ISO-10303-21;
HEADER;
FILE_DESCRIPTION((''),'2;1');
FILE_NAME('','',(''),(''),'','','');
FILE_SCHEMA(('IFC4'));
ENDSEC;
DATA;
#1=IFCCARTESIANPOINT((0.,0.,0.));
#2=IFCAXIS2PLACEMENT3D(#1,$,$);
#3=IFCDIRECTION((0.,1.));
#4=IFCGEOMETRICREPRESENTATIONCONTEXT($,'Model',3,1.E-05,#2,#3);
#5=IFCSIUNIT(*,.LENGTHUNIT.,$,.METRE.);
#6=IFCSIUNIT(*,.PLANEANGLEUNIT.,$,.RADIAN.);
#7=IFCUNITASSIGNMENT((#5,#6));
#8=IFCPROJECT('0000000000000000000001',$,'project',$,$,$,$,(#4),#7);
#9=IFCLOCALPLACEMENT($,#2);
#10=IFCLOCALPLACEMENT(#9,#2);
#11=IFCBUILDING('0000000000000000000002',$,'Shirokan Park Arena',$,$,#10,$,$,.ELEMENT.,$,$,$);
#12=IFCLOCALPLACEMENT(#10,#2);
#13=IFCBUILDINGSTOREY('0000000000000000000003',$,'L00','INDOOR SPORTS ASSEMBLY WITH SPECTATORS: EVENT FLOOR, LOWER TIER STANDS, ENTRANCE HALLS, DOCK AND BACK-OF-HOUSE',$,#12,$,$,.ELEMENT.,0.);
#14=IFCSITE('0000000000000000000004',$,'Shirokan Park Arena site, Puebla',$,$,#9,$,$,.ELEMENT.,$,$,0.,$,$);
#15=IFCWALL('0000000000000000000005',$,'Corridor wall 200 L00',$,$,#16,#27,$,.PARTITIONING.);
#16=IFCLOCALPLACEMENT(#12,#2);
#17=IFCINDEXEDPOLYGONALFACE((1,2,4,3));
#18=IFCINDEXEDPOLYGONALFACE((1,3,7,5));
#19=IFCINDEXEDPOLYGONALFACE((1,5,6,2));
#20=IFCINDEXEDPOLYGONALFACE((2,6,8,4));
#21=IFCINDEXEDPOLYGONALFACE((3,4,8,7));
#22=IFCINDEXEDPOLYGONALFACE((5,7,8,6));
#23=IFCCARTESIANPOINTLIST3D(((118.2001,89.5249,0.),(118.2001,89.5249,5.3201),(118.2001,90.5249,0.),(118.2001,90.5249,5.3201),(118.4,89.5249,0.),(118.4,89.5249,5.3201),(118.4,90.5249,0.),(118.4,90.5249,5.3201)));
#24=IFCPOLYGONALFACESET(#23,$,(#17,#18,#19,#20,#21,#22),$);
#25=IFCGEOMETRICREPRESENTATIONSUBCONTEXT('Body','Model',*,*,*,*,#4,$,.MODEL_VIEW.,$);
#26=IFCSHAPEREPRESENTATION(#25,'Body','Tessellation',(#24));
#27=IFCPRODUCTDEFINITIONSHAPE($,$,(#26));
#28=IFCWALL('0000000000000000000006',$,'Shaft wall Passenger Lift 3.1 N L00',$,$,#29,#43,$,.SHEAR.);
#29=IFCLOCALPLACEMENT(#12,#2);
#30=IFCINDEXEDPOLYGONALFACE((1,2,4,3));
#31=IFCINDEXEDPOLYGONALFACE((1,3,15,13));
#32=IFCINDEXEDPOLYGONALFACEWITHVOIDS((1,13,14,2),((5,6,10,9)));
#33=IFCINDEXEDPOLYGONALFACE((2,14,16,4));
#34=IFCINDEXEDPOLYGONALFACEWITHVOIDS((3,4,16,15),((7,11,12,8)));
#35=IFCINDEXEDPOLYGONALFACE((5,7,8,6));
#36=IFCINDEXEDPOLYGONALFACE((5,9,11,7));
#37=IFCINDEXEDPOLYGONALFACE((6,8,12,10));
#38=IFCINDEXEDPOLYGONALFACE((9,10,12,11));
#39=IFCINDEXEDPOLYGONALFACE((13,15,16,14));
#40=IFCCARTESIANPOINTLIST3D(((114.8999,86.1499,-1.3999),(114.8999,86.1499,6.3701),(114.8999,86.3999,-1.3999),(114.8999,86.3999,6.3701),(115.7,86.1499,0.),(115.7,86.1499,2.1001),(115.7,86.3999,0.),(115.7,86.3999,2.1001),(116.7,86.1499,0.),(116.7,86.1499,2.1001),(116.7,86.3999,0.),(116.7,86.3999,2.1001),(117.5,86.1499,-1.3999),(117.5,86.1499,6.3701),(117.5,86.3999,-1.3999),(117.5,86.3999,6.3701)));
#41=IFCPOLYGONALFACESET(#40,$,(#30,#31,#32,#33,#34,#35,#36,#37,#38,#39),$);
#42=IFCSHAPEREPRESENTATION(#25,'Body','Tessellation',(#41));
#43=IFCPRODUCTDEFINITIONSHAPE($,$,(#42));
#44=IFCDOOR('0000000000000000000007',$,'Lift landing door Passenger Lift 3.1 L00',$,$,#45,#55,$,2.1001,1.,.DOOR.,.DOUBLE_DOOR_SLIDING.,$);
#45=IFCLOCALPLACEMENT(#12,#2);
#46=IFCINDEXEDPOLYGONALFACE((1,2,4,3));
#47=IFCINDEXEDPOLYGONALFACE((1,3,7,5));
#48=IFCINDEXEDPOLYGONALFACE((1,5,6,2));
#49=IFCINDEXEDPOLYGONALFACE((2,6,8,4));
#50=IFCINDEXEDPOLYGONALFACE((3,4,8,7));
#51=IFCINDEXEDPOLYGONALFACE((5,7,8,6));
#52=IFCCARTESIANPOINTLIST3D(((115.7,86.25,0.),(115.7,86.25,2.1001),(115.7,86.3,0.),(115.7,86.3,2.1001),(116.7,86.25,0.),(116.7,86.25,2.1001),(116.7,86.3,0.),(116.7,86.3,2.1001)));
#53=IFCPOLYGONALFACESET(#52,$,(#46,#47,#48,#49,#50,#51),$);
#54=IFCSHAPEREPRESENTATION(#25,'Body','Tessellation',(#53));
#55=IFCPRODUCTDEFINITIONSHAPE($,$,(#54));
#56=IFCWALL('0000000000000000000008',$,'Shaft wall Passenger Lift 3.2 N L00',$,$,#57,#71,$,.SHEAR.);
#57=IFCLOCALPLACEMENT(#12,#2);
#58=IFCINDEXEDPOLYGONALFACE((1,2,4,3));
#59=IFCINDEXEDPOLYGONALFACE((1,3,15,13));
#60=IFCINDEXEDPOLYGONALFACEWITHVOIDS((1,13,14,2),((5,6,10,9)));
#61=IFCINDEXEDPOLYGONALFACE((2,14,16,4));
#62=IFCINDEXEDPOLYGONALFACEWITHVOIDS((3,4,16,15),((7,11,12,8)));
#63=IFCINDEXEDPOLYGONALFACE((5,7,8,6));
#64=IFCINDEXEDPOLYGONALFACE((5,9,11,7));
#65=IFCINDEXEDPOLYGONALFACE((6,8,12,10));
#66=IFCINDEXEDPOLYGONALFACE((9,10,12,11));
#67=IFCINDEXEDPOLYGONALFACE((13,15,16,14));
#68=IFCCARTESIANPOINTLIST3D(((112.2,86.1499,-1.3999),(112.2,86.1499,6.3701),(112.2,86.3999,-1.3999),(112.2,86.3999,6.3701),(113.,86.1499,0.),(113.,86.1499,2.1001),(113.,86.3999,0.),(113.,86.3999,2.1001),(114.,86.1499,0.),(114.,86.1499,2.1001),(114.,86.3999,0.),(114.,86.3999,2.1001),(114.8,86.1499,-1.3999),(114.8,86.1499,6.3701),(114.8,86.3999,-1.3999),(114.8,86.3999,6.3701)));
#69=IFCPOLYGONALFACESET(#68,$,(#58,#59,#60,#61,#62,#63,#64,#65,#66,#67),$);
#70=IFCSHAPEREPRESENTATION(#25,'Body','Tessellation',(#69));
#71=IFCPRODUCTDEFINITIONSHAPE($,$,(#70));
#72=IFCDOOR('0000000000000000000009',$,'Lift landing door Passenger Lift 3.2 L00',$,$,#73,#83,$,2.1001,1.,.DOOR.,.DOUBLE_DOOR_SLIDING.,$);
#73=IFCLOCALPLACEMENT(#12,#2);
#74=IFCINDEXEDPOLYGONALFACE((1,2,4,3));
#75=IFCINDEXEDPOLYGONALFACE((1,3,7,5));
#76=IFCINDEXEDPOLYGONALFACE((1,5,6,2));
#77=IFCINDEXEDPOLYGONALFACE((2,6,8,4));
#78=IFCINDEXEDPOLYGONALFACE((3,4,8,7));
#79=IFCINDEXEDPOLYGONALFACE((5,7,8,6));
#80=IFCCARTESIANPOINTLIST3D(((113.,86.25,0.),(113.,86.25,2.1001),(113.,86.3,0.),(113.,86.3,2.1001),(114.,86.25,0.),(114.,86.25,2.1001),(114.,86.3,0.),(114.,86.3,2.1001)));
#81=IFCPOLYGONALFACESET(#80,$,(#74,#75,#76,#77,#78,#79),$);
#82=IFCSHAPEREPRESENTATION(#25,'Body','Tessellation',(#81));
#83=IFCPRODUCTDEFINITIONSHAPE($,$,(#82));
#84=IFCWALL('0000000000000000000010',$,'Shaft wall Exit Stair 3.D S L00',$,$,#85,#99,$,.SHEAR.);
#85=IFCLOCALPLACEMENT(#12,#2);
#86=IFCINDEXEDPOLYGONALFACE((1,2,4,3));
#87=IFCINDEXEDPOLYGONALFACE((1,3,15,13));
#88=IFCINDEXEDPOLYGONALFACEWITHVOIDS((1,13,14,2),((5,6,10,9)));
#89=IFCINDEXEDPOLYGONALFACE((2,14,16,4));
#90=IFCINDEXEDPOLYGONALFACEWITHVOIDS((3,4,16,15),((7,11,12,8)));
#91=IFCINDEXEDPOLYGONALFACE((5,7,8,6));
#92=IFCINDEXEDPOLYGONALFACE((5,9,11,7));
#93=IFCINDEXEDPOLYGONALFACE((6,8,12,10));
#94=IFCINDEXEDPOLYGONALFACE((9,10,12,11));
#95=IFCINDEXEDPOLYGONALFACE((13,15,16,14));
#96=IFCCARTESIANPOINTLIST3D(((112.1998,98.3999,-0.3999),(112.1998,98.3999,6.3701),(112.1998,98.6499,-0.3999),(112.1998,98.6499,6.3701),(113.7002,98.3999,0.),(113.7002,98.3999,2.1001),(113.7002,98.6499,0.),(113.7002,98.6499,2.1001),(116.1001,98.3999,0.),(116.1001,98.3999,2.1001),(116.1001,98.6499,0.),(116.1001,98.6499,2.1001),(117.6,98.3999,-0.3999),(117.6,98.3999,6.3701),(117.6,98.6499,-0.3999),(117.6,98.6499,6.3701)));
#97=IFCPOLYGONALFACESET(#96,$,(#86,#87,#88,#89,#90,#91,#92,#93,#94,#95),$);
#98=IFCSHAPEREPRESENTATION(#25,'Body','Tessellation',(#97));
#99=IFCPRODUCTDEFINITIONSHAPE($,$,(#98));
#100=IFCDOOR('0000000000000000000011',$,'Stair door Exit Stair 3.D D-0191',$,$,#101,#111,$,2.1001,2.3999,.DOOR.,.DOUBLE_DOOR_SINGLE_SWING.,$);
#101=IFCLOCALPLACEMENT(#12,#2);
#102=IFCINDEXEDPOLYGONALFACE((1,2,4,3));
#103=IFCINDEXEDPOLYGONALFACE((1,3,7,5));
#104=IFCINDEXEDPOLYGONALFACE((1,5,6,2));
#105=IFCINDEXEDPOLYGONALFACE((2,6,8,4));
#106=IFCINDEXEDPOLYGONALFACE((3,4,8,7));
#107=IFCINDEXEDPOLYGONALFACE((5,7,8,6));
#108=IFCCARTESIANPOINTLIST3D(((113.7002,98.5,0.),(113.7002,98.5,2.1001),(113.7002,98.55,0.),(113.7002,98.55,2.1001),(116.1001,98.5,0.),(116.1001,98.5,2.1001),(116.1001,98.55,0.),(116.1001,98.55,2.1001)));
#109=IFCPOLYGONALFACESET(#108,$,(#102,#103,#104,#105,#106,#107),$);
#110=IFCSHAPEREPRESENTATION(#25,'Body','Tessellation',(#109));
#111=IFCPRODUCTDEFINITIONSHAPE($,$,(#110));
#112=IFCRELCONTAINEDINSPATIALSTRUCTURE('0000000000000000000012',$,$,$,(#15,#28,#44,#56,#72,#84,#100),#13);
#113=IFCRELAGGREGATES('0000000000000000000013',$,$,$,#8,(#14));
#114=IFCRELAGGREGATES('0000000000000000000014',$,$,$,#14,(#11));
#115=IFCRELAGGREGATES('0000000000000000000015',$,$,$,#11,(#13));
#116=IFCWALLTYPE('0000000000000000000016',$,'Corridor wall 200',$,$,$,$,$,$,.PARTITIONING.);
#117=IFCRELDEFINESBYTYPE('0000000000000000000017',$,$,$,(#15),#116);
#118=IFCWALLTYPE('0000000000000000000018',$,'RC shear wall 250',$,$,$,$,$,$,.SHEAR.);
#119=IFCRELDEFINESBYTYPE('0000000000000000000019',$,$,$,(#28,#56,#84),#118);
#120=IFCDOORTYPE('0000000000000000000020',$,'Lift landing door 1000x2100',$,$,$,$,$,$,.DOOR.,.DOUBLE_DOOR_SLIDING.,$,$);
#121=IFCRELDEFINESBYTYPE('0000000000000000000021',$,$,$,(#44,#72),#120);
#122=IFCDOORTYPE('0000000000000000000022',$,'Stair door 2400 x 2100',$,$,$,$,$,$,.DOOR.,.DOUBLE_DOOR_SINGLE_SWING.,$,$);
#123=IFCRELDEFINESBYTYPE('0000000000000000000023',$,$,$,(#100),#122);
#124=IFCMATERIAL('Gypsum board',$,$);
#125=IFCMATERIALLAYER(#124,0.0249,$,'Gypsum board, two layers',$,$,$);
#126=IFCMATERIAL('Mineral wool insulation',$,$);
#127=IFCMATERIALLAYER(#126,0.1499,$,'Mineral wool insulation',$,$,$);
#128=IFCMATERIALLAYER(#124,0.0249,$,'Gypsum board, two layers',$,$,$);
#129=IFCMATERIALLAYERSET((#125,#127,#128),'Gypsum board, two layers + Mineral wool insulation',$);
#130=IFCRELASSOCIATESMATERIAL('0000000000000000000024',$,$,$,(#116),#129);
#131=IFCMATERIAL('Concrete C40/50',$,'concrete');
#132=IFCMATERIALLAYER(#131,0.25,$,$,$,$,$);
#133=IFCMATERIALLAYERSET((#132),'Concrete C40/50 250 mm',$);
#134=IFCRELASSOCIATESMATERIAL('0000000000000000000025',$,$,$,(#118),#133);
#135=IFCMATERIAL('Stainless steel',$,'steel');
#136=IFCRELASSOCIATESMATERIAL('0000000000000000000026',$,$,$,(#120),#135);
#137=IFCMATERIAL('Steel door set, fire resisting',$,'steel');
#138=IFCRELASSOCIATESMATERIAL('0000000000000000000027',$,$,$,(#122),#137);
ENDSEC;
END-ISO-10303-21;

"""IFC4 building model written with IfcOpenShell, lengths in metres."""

from ifc_helpers import new_model, si_unit, direction, frame, frame_2d, origin, place, context, subcontext, project, spatial, rectangle, extrude, material, layer, layer_set, type_object, element, fill, save


model = new_model("IFC4")

# Units and contexts
model_context = context("Model", 3, precision=1e-05, world=origin(), true_north=direction((0.0, 1.0)))
body_context = subcontext(model_context, "Body", "Model", "MODEL_VIEW")
ifc_project = project(units=[si_unit("LENGTHUNIT", "METRE"), si_unit("PLANEANGLEUNIT", "RADIAN")], contexts=[model_context])

# Site, building, storey
site_placement = place(None, origin())
site = spatial("IfcSite", under=ifc_project, at=site_placement, Name="Shirokan Park Arena site, Puebla", CompositionType="ELEMENT", RefElevation=0.0)
building_placement = place(site_placement, origin())
building = spatial("IfcBuilding", under=site, at=building_placement, Name="Shirokan Park Arena", CompositionType="ELEMENT")
storey_placement = place(building_placement, origin())
storey = spatial("IfcBuildingStorey", under=building, at=storey_placement, Name="L00", Description="INDOOR SPORTS ASSEMBLY WITH SPECTATORS: EVENT FLOOR, LOWER TIER STANDS, ENTRANCE HALLS, DOCK AND BACK-OF-HOUSE", CompositionType="ELEMENT", Elevation=0.0)

# Shared definitions
ifc_material_1 = material(Name="Gypsum board")
ifc_layer_1 = layer(ifc_material_1, 0.0249, Name="Gypsum board, two layers")
ifc_material_2 = material(Name="Mineral wool insulation")
ifc_layer_2 = layer(ifc_material_2, 0.1499, Name="Mineral wool insulation")
ifc_layer_3 = layer(ifc_material_1, 0.0249, Name="Gypsum board, two layers")
ifc_layer_set_1 = layer_set([ifc_layer_1, ifc_layer_2, ifc_layer_3], Name="Gypsum board, two layers + Mineral wool insulation")
wall_type_1 = type_object("IfcWallType", Name="Corridor wall 200", PredefinedType="PARTITIONING", material=ifc_layer_set_1)

# Wall
wall_1_placement = place(storey_placement, frame((118.3, 89.5249, 0.0), z_axis=(0.0, 0.0, 1.0), x_axis=(0.0, 1.0, 0.0)))
element("IfcWall", 1, at=wall_1_placement, inside=storey, type_object=wall_type_1, Name="Corridor wall 200 L00", PredefinedType="PARTITIONING", context=body_context, shape_type="SweptSolid", body=[
    extrude(rectangle(XDim=1.0, YDim=0.2, at=frame_2d((0.5, 0.0))), origin(), (0.0, 0.0, 1.0), 5.3201),
])

# Walls, openings, doors
ifc_material_3 = material(Name="Concrete C40/50", Category="concrete")
ifc_layer_4 = layer(ifc_material_3, 0.25)
ifc_layer_set_2 = layer_set([ifc_layer_4], Name="Concrete C40/50 250 mm")
wall_type_2 = type_object("IfcWallType", Name="RC shear wall 250", PredefinedType="SHEAR", material=ifc_layer_set_2)
wall_2_placement = place(storey_placement, frame((117.5, 86.2749, -1.3999), z_axis=(0.0, 0.0, 1.0), x_axis=(-1.0, 0.0, 0.0)))
wall_2 = element("IfcWall", 2, at=wall_2_placement, inside=storey, type_object=wall_type_2, Name="Shaft wall Passenger Lift 3.1 N L00", PredefinedType="SHEAR", context=body_context, shape_type="SweptSolid", body=[
    extrude(rectangle(XDim=2.6001, YDim=0.25, at=frame_2d((1.3, 0.0))), origin(), (0.0, 0.0, 1.0), 7.77),
])
opening_1_placement = place(wall_2_placement, frame((0.8, 0.0, 1.3999)))
opening_1 = element("IfcOpeningElement", 3, at=opening_1_placement, cuts=wall_2, PredefinedType="OPENING", context=body_context, shape_type="SweptSolid", body=[
    extrude(rectangle(XDim=1.0, YDim=2.1001, at=frame_2d((0.5, 1.05))), frame((0.0, 0.135, 0.0), z_axis=(0.0, -1.0, 0.0), x_axis=(1.0, 0.0, 0.0)), (0.0, 0.0, 1.0), 0.27),
])
ifc_material_4 = material(Name="Stainless steel", Category="steel")
door_type_1 = type_object("IfcDoorType", Name="Lift landing door 1000x2100", OperationType="DOUBLE_DOOR_SLIDING", PredefinedType="DOOR", material=ifc_material_4)
door_1_placement = place(opening_1_placement, origin())
door_1 = element("IfcDoor", 4, at=door_1_placement, inside=storey, type_object=door_type_1, Name="Lift landing door Passenger Lift 3.1 L00", OperationType="DOUBLE_DOOR_SLIDING", OverallHeight=2.1001, OverallWidth=1.0, PredefinedType="DOOR", context=body_context, shape_type="SweptSolid", body=[
    extrude(rectangle(XDim=1.0, YDim=2.1001, at=frame_2d((0.5, 1.05))), frame((0.0, 0.0249, 0.0), z_axis=(0.0, -1.0, 0.0), x_axis=(1.0, 0.0, 0.0)), (0.0, 0.0, 1.0), 0.05),
])
fill(opening_1, door_1)
wall_3_placement = place(storey_placement, frame((114.8, 86.2749, -1.3999), z_axis=(0.0, 0.0, 1.0), x_axis=(-1.0, 0.0, 0.0)))
wall_3 = element("IfcWall", 5, at=wall_3_placement, inside=storey, type_object=wall_type_2, Name="Shaft wall Passenger Lift 3.2 N L00", PredefinedType="SHEAR", context=body_context, shape_type="SweptSolid", body=[
    extrude(rectangle(XDim=2.6001, YDim=0.25, at=frame_2d((1.3, 0.0))), origin(), (0.0, 0.0, 1.0), 7.77),
])
opening_2_placement = place(wall_3_placement, frame((0.8, 0.0, 1.3999)))
opening_2 = element("IfcOpeningElement", 6, at=opening_2_placement, cuts=wall_3, PredefinedType="OPENING", context=body_context, shape_type="SweptSolid", body=[
    extrude(rectangle(XDim=1.0, YDim=2.1001, at=frame_2d((0.5, 1.05))), frame((0.0, 0.135, 0.0), z_axis=(0.0, -1.0, 0.0), x_axis=(1.0, 0.0, 0.0)), (0.0, 0.0, 1.0), 0.27),
])
door_2_placement = place(opening_2_placement, origin())
door_2 = element("IfcDoor", 7, at=door_2_placement, inside=storey, type_object=door_type_1, Name="Lift landing door Passenger Lift 3.2 L00", OperationType="DOUBLE_DOOR_SLIDING", OverallHeight=2.1001, OverallWidth=1.0, PredefinedType="DOOR", context=body_context, shape_type="SweptSolid", body=[
    extrude(rectangle(XDim=1.0, YDim=2.1001, at=frame_2d((0.5, 1.05))), frame((0.0, 0.0249, 0.0), z_axis=(0.0, -1.0, 0.0), x_axis=(1.0, 0.0, 0.0)), (0.0, 0.0, 1.0), 0.05),
])
fill(opening_2, door_2)
wall_4_placement = place(storey_placement, frame((117.6001, 98.5249, -0.3999), z_axis=(0.0, 0.0, 1.0), x_axis=(-1.0, 0.0, 0.0)))
wall_4 = element("IfcWall", 8, at=wall_4_placement, inside=storey, type_object=wall_type_2, Name="Shaft wall Exit Stair 3.D S L00", PredefinedType="SHEAR", context=body_context, shape_type="SweptSolid", body=[
    extrude(rectangle(XDim=5.4001, YDim=0.25, at=frame_2d((2.7002, 0.0))), origin(), (0.0, 0.0, 1.0), 6.77),
])
opening_3_placement = place(wall_4_placement, frame((1.5, 0.0, 0.3999)))
opening_3 = element("IfcOpeningElement", 9, at=opening_3_placement, cuts=wall_4, PredefinedType="OPENING", context=body_context, shape_type="SweptSolid", body=[
    extrude(rectangle(XDim=2.3999, YDim=2.1001, at=frame_2d((1.2, 1.05))), frame((0.0, 0.135, 0.0), z_axis=(0.0, -1.0, 0.0), x_axis=(1.0, 0.0, 0.0)), (0.0, 0.0, 1.0), 0.27),
])
ifc_material_5 = material(Name="Steel door set, fire resisting", Category="steel")
door_type_2 = type_object("IfcDoorType", Name="Stair door 2400 x 2100", OperationType="DOUBLE_DOOR_SINGLE_SWING", PredefinedType="DOOR", material=ifc_material_5)
door_3_placement = place(opening_3_placement, origin())
door_3 = element("IfcDoor", 10, at=door_3_placement, inside=storey, type_object=door_type_2, Name="Stair door Exit Stair 3.D D-0191", OperationType="DOUBLE_DOOR_SINGLE_SWING", OverallHeight=2.1001, OverallWidth=2.3999, PredefinedType="DOOR", context=body_context, shape_type="SweptSolid", body=[
    extrude(rectangle(XDim=2.3999, YDim=2.1001, at=frame_2d((1.2, 1.05))), frame((0.0, 0.0249, 0.0), z_axis=(0.0, -1.0, 0.0), x_axis=(1.0, 0.0, 0.0)), (0.0, 0.0, 1.0), 0.05),
])
fill(opening_3, door_3)

save(model, "model.ifc")
